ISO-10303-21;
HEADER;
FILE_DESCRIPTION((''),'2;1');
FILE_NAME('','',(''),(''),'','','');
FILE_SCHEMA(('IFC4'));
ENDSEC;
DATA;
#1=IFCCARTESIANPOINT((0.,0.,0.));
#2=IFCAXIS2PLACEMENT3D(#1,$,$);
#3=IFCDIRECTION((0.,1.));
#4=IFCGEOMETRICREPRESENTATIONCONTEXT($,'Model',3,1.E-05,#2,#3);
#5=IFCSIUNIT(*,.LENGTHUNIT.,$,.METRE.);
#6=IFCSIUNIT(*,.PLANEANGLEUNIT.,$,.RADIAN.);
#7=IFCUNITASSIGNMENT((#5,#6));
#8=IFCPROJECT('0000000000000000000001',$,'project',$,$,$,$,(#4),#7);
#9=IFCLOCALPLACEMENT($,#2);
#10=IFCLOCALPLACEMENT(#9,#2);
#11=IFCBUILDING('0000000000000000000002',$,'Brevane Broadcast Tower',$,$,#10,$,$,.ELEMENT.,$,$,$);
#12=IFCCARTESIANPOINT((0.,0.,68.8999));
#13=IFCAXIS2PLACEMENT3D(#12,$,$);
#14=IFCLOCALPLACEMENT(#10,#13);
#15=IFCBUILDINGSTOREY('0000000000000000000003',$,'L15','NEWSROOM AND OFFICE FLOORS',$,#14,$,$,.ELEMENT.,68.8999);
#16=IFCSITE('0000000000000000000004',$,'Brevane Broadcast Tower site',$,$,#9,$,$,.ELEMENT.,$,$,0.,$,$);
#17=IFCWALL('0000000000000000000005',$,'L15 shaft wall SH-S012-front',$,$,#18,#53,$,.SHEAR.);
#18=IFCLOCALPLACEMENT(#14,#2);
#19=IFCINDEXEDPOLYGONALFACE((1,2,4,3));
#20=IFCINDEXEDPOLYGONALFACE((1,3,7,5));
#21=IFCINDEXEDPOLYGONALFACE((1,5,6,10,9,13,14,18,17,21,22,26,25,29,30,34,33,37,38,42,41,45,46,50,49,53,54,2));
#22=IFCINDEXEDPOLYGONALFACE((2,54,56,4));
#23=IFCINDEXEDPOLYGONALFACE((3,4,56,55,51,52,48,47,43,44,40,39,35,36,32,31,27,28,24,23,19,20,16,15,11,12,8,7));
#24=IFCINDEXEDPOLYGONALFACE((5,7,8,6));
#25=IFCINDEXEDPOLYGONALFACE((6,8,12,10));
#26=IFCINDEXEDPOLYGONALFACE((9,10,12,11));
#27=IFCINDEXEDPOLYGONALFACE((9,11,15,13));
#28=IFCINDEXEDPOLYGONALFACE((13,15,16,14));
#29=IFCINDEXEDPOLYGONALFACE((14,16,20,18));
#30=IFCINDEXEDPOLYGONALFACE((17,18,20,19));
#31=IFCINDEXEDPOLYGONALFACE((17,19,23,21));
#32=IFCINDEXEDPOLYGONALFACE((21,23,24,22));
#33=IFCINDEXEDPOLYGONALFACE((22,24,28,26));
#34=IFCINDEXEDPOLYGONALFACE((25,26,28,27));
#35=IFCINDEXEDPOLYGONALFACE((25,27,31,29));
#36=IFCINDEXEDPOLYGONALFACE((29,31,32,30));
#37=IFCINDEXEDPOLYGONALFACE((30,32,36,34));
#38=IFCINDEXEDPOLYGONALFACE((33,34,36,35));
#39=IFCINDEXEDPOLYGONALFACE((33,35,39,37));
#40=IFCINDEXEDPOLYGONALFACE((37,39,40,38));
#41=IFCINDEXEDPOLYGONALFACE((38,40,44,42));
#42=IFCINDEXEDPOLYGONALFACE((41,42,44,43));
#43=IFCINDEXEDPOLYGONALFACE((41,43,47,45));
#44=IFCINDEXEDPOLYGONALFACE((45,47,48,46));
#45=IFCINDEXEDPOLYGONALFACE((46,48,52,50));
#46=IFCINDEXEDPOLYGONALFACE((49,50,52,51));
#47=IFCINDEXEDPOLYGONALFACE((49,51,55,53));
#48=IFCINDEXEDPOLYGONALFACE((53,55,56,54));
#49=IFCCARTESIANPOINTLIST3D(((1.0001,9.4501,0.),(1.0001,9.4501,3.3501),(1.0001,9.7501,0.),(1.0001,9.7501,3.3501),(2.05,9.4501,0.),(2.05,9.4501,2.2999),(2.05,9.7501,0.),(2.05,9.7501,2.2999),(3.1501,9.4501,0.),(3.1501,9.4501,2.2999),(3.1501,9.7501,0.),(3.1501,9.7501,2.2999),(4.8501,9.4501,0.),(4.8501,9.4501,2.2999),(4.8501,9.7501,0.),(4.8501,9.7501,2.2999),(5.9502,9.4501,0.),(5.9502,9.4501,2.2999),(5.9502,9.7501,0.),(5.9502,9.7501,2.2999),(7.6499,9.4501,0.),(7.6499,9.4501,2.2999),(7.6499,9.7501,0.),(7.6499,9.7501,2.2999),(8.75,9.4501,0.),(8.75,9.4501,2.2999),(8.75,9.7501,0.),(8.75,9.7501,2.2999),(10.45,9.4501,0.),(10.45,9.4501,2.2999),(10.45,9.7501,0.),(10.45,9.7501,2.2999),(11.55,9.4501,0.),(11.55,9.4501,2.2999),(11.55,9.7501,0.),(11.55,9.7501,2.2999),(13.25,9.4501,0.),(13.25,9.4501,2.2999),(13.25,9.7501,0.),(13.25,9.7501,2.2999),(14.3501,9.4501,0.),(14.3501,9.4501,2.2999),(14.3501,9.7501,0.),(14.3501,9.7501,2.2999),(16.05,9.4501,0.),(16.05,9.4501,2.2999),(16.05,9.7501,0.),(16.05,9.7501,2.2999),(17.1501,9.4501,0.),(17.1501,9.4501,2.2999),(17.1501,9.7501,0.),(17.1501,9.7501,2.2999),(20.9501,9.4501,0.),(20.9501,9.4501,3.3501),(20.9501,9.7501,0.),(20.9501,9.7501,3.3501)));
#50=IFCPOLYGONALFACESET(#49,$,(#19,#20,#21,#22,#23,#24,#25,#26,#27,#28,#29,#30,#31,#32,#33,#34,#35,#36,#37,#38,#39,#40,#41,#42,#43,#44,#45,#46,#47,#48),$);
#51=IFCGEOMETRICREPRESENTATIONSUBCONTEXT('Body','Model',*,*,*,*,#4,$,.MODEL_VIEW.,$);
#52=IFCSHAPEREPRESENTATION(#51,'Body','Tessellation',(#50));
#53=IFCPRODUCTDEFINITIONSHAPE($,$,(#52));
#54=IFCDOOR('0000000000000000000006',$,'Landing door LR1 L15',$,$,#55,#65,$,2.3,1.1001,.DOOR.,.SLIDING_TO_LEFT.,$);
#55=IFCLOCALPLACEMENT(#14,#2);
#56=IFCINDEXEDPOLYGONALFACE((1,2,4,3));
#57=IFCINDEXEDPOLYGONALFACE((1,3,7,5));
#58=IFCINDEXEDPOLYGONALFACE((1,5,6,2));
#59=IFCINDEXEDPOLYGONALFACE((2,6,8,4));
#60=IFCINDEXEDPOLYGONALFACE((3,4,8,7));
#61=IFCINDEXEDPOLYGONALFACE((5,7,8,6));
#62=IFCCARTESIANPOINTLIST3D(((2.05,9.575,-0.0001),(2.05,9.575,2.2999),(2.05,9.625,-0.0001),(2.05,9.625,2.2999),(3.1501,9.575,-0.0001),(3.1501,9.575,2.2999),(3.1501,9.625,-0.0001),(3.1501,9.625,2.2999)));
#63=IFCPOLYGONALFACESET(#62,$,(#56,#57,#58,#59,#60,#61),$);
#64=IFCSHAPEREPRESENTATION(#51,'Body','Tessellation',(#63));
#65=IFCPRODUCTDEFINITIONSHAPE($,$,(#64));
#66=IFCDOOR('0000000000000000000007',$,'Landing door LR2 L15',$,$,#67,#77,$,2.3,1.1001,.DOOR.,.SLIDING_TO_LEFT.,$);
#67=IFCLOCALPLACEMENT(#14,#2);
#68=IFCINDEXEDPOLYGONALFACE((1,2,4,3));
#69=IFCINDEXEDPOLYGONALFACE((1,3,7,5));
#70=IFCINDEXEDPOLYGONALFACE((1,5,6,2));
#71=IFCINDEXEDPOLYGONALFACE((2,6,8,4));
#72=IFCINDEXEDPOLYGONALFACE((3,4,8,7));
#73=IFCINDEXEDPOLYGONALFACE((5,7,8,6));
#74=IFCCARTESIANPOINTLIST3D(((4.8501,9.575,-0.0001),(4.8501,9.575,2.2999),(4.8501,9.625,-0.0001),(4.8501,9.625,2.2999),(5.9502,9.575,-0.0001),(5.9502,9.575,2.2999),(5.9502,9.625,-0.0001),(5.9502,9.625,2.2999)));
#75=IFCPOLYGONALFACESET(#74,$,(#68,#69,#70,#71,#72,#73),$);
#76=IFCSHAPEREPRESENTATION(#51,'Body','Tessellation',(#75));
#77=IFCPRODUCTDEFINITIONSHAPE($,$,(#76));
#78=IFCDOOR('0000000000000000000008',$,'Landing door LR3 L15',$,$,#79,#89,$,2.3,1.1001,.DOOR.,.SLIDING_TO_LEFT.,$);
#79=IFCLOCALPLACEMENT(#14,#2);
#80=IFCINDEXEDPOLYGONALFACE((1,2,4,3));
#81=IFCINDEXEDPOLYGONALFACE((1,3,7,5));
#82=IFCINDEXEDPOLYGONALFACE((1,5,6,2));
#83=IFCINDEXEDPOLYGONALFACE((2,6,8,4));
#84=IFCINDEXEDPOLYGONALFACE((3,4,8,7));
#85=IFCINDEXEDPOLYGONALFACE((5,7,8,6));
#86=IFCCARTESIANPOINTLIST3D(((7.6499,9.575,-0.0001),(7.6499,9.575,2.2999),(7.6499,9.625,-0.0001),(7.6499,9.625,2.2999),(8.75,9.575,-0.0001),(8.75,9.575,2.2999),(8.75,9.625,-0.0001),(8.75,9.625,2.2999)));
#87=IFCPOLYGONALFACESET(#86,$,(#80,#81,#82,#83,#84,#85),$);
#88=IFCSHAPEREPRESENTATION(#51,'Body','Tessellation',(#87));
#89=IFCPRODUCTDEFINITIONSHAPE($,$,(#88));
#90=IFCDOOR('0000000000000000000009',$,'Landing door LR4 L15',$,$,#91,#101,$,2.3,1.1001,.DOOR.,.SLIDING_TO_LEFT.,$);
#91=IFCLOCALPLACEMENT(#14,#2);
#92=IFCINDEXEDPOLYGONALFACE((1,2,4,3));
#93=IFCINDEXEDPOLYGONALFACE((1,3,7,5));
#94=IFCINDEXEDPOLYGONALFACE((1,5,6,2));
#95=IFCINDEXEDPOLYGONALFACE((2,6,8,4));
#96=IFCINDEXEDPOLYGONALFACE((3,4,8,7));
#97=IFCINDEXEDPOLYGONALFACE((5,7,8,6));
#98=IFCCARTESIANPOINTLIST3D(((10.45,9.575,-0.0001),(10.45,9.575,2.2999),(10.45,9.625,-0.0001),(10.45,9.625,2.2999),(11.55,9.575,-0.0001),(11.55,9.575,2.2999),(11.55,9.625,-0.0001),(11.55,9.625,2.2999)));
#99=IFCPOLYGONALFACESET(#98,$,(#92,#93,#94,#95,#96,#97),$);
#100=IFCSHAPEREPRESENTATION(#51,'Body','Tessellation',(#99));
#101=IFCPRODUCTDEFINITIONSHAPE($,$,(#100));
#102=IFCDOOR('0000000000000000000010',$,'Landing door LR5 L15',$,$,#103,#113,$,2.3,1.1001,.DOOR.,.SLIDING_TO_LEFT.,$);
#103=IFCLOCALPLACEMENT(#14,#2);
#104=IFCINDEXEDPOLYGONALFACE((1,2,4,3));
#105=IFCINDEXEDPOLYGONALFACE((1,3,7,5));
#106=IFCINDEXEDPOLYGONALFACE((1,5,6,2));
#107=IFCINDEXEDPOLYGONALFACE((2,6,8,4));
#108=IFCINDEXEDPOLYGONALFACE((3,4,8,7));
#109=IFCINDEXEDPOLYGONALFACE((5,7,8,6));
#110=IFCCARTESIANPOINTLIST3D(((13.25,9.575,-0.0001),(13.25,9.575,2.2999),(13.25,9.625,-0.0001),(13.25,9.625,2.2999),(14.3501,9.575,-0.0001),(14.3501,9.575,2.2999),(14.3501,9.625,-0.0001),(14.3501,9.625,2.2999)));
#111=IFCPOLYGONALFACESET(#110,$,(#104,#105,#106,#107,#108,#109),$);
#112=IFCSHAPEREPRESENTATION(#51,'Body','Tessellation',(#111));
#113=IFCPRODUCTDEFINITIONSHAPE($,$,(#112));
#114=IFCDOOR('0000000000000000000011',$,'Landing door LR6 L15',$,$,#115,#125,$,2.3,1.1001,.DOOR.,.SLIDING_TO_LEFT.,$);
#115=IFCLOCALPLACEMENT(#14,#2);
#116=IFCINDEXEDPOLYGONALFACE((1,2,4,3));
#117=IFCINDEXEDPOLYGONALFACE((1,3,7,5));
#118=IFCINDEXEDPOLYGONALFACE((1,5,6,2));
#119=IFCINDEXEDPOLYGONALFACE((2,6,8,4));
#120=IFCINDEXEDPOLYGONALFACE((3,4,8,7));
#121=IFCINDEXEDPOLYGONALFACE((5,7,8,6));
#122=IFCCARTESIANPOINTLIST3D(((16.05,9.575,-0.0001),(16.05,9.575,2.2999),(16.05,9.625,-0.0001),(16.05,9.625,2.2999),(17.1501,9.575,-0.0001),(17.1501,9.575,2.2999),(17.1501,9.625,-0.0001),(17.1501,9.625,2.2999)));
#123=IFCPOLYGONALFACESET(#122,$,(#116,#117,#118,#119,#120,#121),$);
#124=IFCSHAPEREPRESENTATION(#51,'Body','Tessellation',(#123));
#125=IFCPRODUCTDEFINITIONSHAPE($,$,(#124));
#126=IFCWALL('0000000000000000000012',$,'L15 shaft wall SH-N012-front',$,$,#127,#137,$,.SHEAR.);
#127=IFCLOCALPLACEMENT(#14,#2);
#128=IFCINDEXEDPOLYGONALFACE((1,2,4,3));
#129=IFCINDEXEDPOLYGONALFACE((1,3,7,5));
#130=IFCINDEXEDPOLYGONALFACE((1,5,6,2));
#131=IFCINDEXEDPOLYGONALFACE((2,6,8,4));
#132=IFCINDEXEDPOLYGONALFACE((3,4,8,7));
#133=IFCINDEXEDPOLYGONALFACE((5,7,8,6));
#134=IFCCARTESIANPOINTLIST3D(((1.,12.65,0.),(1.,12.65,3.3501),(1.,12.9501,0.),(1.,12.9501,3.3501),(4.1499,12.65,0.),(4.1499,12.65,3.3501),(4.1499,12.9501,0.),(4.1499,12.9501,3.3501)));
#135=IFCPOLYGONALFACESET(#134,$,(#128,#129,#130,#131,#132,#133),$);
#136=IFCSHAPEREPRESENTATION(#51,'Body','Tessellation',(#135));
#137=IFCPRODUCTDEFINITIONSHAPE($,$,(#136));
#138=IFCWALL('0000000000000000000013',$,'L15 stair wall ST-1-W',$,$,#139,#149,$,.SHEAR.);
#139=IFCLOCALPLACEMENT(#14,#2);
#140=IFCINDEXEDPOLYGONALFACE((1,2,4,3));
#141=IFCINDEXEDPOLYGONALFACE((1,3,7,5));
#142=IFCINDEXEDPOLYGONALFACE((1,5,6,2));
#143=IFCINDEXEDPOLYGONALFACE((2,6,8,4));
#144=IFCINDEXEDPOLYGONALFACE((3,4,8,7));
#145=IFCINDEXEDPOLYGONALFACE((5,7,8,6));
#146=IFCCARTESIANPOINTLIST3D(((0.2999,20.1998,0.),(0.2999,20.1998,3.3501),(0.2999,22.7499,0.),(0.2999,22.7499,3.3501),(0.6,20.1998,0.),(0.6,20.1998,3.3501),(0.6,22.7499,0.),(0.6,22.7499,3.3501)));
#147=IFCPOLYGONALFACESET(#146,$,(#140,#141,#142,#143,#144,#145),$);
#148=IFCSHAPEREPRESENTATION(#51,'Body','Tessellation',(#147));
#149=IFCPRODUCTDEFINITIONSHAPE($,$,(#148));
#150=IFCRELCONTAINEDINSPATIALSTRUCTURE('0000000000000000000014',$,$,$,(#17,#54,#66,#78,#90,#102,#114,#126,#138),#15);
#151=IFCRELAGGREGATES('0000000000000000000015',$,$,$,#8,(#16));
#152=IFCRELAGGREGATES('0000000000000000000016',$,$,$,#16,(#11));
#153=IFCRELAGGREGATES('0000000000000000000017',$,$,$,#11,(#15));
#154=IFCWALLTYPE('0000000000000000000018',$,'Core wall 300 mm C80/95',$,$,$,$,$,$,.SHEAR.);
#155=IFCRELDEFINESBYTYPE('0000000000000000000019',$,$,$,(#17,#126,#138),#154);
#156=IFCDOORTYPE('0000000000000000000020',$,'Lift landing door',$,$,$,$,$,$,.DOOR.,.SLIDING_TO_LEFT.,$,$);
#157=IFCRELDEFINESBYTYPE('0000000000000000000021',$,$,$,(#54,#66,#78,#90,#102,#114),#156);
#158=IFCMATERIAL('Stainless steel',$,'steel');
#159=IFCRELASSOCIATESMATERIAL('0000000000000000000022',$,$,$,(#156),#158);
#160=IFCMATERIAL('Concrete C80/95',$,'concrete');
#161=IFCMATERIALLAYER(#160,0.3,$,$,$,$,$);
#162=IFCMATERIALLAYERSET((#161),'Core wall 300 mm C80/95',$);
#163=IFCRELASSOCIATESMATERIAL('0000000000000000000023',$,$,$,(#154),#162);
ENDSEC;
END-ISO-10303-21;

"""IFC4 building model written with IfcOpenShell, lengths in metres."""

from ifc_helpers import new_model, si_unit, direction, frame, frame_2d, origin, place, context, subcontext, project, spatial, rectangle, extrude, material, layer, layer_set, type_object, element, fill, save


model = new_model("IFC4")

# Units and contexts
model_context = context("Model", 3, precision=1e-05, world=origin(), true_north=direction((0.0, 1.0)))
body_context = subcontext(model_context, "Body", "Model", "MODEL_VIEW")
ifc_project = project(units=[si_unit("LENGTHUNIT", "METRE"), si_unit("PLANEANGLEUNIT", "RADIAN")], contexts=[model_context])

# Site, building, storey
site_placement = place(None, origin())
site = spatial("IfcSite", under=ifc_project, at=site_placement, Name="Brevane Broadcast Tower site", CompositionType="ELEMENT", RefElevation=0.0)
building_placement = place(site_placement, origin())
building = spatial("IfcBuilding", under=site, at=building_placement, Name="Brevane Broadcast Tower", CompositionType="ELEMENT")
storey_placement = place(building_placement, frame((0.0, 0.0, 68.8999)))
storey = spatial("IfcBuildingStorey", under=building, at=storey_placement, Name="L15", Description="NEWSROOM AND OFFICE FLOORS", CompositionType="ELEMENT", Elevation=68.8999)

# Shared definitions
ifc_material_1 = material(Name="Concrete C80/95", Category="concrete")
ifc_material_2 = material(Name="Stainless steel", Category="steel")
door_type = type_object("IfcDoorType", Name="Lift landing door", OperationType="SLIDING_TO_LEFT", PredefinedType="DOOR", material=ifc_material_2)

# Wall, openings, doors
ifc_layer_1 = layer(ifc_material_1, 0.3)
ifc_layer_set_1 = layer_set([ifc_layer_1], Name="Core wall 300 mm C80/95")
wall_type_1 = type_object("IfcWallType", Name="Core wall 300 mm C80/95", PredefinedType="SHEAR", material=ifc_layer_set_1)
wall_1_placement = place(storey_placement, frame((1.0, 9.6001, 0.0), z_axis=(0.0, 0.0, 1.0), x_axis=(1.0, 0.0, 0.0)))
wall_1 = element("IfcWall", 1, at=wall_1_placement, inside=storey, type_object=wall_type_1, Name="L15 shaft wall SH-S012-front", PredefinedType="SHEAR", context=body_context, shape_type="SweptSolid", body=[
    extrude(rectangle(XDim=19.95, YDim=0.3, at=frame_2d((9.9751, 0.0))), origin(), (0.0, 0.0, 1.0), 3.3501),
])
opening_1_placement = place(wall_1_placement, frame((1.05, 0.0, 0.0)))
opening_1 = element("IfcOpeningElement", 2, at=opening_1_placement, cuts=wall_1, PredefinedType="OPENING", context=body_context, shape_type="SweptSolid", body=[
    extrude(rectangle(XDim=1.1001, YDim=2.3, at=frame_2d((0.55, 1.1499))), frame((0.0, 0.1599, 0.0), z_axis=(0.0, -1.0, 0.0), x_axis=(1.0, 0.0, 0.0)), (0.0, 0.0, 1.0), 0.3201),
])
opening_2_placement = place(wall_1_placement, frame((3.8501, 0.0, 0.0)))
opening_2 = element("IfcOpeningElement", 3, at=opening_2_placement, cuts=wall_1, PredefinedType="OPENING", context=body_context, shape_type="SweptSolid", body=[
    extrude(rectangle(XDim=1.1001, YDim=2.3, at=frame_2d((0.55, 1.1499))), frame((0.0, 0.1599, 0.0), z_axis=(0.0, -1.0, 0.0), x_axis=(1.0, 0.0, 0.0)), (0.0, 0.0, 1.0), 0.3201),
])
opening_3_placement = place(wall_1_placement, frame((6.6499, 0.0, 0.0)))
opening_3 = element("IfcOpeningElement", 4, at=opening_3_placement, cuts=wall_1, PredefinedType="OPENING", context=body_context, shape_type="SweptSolid", body=[
    extrude(rectangle(XDim=1.1001, YDim=2.3, at=frame_2d((0.55, 1.1499))), frame((0.0, 0.1599, 0.0), z_axis=(0.0, -1.0, 0.0), x_axis=(1.0, 0.0, 0.0)), (0.0, 0.0, 1.0), 0.3201),
])
opening_4_placement = place(wall_1_placement, frame((9.45, 0.0, 0.0)))
opening_4 = element("IfcOpeningElement", 5, at=opening_4_placement, cuts=wall_1, PredefinedType="OPENING", context=body_context, shape_type="SweptSolid", body=[
    extrude(rectangle(XDim=1.1001, YDim=2.3, at=frame_2d((0.55, 1.1499))), frame((0.0, 0.1599, 0.0), z_axis=(0.0, -1.0, 0.0), x_axis=(1.0, 0.0, 0.0)), (0.0, 0.0, 1.0), 0.3201),
])
opening_5_placement = place(wall_1_placement, frame((12.25, 0.0, 0.0)))
opening_5 = element("IfcOpeningElement", 6, at=opening_5_placement, cuts=wall_1, PredefinedType="OPENING", context=body_context, shape_type="SweptSolid", body=[
    extrude(rectangle(XDim=1.1001, YDim=2.3, at=frame_2d((0.55, 1.1499))), frame((0.0, 0.1599, 0.0), z_axis=(0.0, -1.0, 0.0), x_axis=(1.0, 0.0, 0.0)), (0.0, 0.0, 1.0), 0.3201),
])
opening_6_placement = place(wall_1_placement, frame((15.05, 0.0, 0.0)))
opening_6 = element("IfcOpeningElement", 7, at=opening_6_placement, cuts=wall_1, PredefinedType="OPENING", context=body_context, shape_type="SweptSolid", body=[
    extrude(rectangle(XDim=1.1001, YDim=2.3, at=frame_2d((0.55, 1.1499))), frame((0.0, 0.1599, 0.0), z_axis=(0.0, -1.0, 0.0), x_axis=(1.0, 0.0, 0.0)), (0.0, 0.0, 1.0), 0.3201),
])
door_1_placement = place(opening_1_placement, origin())
door_1 = element("IfcDoor", 8, at=door_1_placement, inside=storey, type_object=door_type, Name="Landing door LR1 L15", OperationType="SLIDING_TO_LEFT", OverallHeight=2.3, OverallWidth=1.1001, PredefinedType="DOOR", context=body_context, shape_type="SweptSolid", body=[
    extrude(rectangle(XDim=1.1001, YDim=2.3, at=frame_2d((0.55, 1.1499))), frame((0.0, 0.0249, 0.0), z_axis=(0.0, -1.0, 0.0), x_axis=(1.0, 0.0, 0.0)), (0.0, 0.0, 1.0), 0.05),
])
fill(opening_1, door_1)
door_2_placement = place(opening_2_placement, origin())
door_2 = element("IfcDoor", 9, at=door_2_placement, inside=storey, type_object=door_type, Name="Landing door LR2 L15", OperationType="SLIDING_TO_LEFT", OverallHeight=2.3, OverallWidth=1.1001, PredefinedType="DOOR", context=body_context, shape_type="SweptSolid", body=[
    extrude(rectangle(XDim=1.1001, YDim=2.3, at=frame_2d((0.55, 1.1499))), frame((0.0, 0.0249, 0.0), z_axis=(0.0, -1.0, 0.0), x_axis=(1.0, 0.0, 0.0)), (0.0, 0.0, 1.0), 0.05),
])
fill(opening_2, door_2)
door_3_placement = place(opening_3_placement, origin())
door_3 = element("IfcDoor", 10, at=door_3_placement, inside=storey, type_object=door_type, Name="Landing door LR3 L15", OperationType="SLIDING_TO_LEFT", OverallHeight=2.3, OverallWidth=1.1001, PredefinedType="DOOR", context=body_context, shape_type="SweptSolid", body=[
    extrude(rectangle(XDim=1.1001, YDim=2.3, at=frame_2d((0.55, 1.1499))), frame((0.0, 0.0249, 0.0), z_axis=(0.0, -1.0, 0.0), x_axis=(1.0, 0.0, 0.0)), (0.0, 0.0, 1.0), 0.05),
])
fill(opening_3, door_3)
door_4_placement = place(opening_4_placement, origin())
door_4 = element("IfcDoor", 11, at=door_4_placement, inside=storey, type_object=door_type, Name="Landing door LR4 L15", OperationType="SLIDING_TO_LEFT", OverallHeight=2.3, OverallWidth=1.1001, PredefinedType="DOOR", context=body_context, shape_type="SweptSolid", body=[
    extrude(rectangle(XDim=1.1001, YDim=2.3, at=frame_2d((0.55, 1.1499))), frame((0.0, 0.0249, 0.0), z_axis=(0.0, -1.0, 0.0), x_axis=(1.0, 0.0, 0.0)), (0.0, 0.0, 1.0), 0.05),
])
fill(opening_4, door_4)
door_5_placement = place(opening_5_placement, origin())
door_5 = element("IfcDoor", 12, at=door_5_placement, inside=storey, type_object=door_type, Name="Landing door LR5 L15", OperationType="SLIDING_TO_LEFT", OverallHeight=2.3, OverallWidth=1.1001, PredefinedType="DOOR", context=body_context, shape_type="SweptSolid", body=[
    extrude(rectangle(XDim=1.1001, YDim=2.3, at=frame_2d((0.55, 1.1499))), frame((0.0, 0.0249, 0.0), z_axis=(0.0, -1.0, 0.0), x_axis=(1.0, 0.0, 0.0)), (0.0, 0.0, 1.0), 0.05),
])
fill(opening_5, door_5)
door_6_placement = place(opening_6_placement, origin())
door_6 = element("IfcDoor", 13, at=door_6_placement, inside=storey, type_object=door_type, Name="Landing door LR6 L15", OperationType="SLIDING_TO_LEFT", OverallHeight=2.3, OverallWidth=1.1001, PredefinedType="DOOR", context=body_context, shape_type="SweptSolid", body=[
    extrude(rectangle(XDim=1.1001, YDim=2.3, at=frame_2d((0.55, 1.1499))), frame((0.0, 0.0249, 0.0), z_axis=(0.0, -1.0, 0.0), x_axis=(1.0, 0.0, 0.0)), (0.0, 0.0, 1.0), 0.05),
])
fill(opening_6, door_6)

# Walls
wall_2_placement = place(storey_placement, frame((1.0, 12.8, 0.0), z_axis=(0.0, 0.0, 1.0), x_axis=(1.0, 0.0, 0.0)))
element("IfcWall", 14, at=wall_2_placement, inside=storey, type_object=wall_type_1, Name="L15 shaft wall SH-N012-front", PredefinedType="SHEAR", context=body_context, shape_type="SweptSolid", body=[
    extrude(rectangle(XDim=3.1499, YDim=0.3, at=frame_2d((1.575, 0.0))), origin(), (0.0, 0.0, 1.0), 3.3501),
])
wall_3_placement = place(storey_placement, frame((0.45, 20.2, 0.0), z_axis=(0.0, 0.0, 1.0), x_axis=(0.0, 1.0, 0.0)))
element("IfcWall", 15, at=wall_3_placement, inside=storey, type_object=wall_type_1, Name="L15 stair wall ST-1-W", PredefinedType="SHEAR", context=body_context, shape_type="SweptSolid", body=[
    extrude(rectangle(XDim=2.55, YDim=0.3, at=frame_2d((1.2749, 0.0))), origin(), (0.0, 0.0, 1.0), 3.3501),
])

save(model, "model.ifc")
